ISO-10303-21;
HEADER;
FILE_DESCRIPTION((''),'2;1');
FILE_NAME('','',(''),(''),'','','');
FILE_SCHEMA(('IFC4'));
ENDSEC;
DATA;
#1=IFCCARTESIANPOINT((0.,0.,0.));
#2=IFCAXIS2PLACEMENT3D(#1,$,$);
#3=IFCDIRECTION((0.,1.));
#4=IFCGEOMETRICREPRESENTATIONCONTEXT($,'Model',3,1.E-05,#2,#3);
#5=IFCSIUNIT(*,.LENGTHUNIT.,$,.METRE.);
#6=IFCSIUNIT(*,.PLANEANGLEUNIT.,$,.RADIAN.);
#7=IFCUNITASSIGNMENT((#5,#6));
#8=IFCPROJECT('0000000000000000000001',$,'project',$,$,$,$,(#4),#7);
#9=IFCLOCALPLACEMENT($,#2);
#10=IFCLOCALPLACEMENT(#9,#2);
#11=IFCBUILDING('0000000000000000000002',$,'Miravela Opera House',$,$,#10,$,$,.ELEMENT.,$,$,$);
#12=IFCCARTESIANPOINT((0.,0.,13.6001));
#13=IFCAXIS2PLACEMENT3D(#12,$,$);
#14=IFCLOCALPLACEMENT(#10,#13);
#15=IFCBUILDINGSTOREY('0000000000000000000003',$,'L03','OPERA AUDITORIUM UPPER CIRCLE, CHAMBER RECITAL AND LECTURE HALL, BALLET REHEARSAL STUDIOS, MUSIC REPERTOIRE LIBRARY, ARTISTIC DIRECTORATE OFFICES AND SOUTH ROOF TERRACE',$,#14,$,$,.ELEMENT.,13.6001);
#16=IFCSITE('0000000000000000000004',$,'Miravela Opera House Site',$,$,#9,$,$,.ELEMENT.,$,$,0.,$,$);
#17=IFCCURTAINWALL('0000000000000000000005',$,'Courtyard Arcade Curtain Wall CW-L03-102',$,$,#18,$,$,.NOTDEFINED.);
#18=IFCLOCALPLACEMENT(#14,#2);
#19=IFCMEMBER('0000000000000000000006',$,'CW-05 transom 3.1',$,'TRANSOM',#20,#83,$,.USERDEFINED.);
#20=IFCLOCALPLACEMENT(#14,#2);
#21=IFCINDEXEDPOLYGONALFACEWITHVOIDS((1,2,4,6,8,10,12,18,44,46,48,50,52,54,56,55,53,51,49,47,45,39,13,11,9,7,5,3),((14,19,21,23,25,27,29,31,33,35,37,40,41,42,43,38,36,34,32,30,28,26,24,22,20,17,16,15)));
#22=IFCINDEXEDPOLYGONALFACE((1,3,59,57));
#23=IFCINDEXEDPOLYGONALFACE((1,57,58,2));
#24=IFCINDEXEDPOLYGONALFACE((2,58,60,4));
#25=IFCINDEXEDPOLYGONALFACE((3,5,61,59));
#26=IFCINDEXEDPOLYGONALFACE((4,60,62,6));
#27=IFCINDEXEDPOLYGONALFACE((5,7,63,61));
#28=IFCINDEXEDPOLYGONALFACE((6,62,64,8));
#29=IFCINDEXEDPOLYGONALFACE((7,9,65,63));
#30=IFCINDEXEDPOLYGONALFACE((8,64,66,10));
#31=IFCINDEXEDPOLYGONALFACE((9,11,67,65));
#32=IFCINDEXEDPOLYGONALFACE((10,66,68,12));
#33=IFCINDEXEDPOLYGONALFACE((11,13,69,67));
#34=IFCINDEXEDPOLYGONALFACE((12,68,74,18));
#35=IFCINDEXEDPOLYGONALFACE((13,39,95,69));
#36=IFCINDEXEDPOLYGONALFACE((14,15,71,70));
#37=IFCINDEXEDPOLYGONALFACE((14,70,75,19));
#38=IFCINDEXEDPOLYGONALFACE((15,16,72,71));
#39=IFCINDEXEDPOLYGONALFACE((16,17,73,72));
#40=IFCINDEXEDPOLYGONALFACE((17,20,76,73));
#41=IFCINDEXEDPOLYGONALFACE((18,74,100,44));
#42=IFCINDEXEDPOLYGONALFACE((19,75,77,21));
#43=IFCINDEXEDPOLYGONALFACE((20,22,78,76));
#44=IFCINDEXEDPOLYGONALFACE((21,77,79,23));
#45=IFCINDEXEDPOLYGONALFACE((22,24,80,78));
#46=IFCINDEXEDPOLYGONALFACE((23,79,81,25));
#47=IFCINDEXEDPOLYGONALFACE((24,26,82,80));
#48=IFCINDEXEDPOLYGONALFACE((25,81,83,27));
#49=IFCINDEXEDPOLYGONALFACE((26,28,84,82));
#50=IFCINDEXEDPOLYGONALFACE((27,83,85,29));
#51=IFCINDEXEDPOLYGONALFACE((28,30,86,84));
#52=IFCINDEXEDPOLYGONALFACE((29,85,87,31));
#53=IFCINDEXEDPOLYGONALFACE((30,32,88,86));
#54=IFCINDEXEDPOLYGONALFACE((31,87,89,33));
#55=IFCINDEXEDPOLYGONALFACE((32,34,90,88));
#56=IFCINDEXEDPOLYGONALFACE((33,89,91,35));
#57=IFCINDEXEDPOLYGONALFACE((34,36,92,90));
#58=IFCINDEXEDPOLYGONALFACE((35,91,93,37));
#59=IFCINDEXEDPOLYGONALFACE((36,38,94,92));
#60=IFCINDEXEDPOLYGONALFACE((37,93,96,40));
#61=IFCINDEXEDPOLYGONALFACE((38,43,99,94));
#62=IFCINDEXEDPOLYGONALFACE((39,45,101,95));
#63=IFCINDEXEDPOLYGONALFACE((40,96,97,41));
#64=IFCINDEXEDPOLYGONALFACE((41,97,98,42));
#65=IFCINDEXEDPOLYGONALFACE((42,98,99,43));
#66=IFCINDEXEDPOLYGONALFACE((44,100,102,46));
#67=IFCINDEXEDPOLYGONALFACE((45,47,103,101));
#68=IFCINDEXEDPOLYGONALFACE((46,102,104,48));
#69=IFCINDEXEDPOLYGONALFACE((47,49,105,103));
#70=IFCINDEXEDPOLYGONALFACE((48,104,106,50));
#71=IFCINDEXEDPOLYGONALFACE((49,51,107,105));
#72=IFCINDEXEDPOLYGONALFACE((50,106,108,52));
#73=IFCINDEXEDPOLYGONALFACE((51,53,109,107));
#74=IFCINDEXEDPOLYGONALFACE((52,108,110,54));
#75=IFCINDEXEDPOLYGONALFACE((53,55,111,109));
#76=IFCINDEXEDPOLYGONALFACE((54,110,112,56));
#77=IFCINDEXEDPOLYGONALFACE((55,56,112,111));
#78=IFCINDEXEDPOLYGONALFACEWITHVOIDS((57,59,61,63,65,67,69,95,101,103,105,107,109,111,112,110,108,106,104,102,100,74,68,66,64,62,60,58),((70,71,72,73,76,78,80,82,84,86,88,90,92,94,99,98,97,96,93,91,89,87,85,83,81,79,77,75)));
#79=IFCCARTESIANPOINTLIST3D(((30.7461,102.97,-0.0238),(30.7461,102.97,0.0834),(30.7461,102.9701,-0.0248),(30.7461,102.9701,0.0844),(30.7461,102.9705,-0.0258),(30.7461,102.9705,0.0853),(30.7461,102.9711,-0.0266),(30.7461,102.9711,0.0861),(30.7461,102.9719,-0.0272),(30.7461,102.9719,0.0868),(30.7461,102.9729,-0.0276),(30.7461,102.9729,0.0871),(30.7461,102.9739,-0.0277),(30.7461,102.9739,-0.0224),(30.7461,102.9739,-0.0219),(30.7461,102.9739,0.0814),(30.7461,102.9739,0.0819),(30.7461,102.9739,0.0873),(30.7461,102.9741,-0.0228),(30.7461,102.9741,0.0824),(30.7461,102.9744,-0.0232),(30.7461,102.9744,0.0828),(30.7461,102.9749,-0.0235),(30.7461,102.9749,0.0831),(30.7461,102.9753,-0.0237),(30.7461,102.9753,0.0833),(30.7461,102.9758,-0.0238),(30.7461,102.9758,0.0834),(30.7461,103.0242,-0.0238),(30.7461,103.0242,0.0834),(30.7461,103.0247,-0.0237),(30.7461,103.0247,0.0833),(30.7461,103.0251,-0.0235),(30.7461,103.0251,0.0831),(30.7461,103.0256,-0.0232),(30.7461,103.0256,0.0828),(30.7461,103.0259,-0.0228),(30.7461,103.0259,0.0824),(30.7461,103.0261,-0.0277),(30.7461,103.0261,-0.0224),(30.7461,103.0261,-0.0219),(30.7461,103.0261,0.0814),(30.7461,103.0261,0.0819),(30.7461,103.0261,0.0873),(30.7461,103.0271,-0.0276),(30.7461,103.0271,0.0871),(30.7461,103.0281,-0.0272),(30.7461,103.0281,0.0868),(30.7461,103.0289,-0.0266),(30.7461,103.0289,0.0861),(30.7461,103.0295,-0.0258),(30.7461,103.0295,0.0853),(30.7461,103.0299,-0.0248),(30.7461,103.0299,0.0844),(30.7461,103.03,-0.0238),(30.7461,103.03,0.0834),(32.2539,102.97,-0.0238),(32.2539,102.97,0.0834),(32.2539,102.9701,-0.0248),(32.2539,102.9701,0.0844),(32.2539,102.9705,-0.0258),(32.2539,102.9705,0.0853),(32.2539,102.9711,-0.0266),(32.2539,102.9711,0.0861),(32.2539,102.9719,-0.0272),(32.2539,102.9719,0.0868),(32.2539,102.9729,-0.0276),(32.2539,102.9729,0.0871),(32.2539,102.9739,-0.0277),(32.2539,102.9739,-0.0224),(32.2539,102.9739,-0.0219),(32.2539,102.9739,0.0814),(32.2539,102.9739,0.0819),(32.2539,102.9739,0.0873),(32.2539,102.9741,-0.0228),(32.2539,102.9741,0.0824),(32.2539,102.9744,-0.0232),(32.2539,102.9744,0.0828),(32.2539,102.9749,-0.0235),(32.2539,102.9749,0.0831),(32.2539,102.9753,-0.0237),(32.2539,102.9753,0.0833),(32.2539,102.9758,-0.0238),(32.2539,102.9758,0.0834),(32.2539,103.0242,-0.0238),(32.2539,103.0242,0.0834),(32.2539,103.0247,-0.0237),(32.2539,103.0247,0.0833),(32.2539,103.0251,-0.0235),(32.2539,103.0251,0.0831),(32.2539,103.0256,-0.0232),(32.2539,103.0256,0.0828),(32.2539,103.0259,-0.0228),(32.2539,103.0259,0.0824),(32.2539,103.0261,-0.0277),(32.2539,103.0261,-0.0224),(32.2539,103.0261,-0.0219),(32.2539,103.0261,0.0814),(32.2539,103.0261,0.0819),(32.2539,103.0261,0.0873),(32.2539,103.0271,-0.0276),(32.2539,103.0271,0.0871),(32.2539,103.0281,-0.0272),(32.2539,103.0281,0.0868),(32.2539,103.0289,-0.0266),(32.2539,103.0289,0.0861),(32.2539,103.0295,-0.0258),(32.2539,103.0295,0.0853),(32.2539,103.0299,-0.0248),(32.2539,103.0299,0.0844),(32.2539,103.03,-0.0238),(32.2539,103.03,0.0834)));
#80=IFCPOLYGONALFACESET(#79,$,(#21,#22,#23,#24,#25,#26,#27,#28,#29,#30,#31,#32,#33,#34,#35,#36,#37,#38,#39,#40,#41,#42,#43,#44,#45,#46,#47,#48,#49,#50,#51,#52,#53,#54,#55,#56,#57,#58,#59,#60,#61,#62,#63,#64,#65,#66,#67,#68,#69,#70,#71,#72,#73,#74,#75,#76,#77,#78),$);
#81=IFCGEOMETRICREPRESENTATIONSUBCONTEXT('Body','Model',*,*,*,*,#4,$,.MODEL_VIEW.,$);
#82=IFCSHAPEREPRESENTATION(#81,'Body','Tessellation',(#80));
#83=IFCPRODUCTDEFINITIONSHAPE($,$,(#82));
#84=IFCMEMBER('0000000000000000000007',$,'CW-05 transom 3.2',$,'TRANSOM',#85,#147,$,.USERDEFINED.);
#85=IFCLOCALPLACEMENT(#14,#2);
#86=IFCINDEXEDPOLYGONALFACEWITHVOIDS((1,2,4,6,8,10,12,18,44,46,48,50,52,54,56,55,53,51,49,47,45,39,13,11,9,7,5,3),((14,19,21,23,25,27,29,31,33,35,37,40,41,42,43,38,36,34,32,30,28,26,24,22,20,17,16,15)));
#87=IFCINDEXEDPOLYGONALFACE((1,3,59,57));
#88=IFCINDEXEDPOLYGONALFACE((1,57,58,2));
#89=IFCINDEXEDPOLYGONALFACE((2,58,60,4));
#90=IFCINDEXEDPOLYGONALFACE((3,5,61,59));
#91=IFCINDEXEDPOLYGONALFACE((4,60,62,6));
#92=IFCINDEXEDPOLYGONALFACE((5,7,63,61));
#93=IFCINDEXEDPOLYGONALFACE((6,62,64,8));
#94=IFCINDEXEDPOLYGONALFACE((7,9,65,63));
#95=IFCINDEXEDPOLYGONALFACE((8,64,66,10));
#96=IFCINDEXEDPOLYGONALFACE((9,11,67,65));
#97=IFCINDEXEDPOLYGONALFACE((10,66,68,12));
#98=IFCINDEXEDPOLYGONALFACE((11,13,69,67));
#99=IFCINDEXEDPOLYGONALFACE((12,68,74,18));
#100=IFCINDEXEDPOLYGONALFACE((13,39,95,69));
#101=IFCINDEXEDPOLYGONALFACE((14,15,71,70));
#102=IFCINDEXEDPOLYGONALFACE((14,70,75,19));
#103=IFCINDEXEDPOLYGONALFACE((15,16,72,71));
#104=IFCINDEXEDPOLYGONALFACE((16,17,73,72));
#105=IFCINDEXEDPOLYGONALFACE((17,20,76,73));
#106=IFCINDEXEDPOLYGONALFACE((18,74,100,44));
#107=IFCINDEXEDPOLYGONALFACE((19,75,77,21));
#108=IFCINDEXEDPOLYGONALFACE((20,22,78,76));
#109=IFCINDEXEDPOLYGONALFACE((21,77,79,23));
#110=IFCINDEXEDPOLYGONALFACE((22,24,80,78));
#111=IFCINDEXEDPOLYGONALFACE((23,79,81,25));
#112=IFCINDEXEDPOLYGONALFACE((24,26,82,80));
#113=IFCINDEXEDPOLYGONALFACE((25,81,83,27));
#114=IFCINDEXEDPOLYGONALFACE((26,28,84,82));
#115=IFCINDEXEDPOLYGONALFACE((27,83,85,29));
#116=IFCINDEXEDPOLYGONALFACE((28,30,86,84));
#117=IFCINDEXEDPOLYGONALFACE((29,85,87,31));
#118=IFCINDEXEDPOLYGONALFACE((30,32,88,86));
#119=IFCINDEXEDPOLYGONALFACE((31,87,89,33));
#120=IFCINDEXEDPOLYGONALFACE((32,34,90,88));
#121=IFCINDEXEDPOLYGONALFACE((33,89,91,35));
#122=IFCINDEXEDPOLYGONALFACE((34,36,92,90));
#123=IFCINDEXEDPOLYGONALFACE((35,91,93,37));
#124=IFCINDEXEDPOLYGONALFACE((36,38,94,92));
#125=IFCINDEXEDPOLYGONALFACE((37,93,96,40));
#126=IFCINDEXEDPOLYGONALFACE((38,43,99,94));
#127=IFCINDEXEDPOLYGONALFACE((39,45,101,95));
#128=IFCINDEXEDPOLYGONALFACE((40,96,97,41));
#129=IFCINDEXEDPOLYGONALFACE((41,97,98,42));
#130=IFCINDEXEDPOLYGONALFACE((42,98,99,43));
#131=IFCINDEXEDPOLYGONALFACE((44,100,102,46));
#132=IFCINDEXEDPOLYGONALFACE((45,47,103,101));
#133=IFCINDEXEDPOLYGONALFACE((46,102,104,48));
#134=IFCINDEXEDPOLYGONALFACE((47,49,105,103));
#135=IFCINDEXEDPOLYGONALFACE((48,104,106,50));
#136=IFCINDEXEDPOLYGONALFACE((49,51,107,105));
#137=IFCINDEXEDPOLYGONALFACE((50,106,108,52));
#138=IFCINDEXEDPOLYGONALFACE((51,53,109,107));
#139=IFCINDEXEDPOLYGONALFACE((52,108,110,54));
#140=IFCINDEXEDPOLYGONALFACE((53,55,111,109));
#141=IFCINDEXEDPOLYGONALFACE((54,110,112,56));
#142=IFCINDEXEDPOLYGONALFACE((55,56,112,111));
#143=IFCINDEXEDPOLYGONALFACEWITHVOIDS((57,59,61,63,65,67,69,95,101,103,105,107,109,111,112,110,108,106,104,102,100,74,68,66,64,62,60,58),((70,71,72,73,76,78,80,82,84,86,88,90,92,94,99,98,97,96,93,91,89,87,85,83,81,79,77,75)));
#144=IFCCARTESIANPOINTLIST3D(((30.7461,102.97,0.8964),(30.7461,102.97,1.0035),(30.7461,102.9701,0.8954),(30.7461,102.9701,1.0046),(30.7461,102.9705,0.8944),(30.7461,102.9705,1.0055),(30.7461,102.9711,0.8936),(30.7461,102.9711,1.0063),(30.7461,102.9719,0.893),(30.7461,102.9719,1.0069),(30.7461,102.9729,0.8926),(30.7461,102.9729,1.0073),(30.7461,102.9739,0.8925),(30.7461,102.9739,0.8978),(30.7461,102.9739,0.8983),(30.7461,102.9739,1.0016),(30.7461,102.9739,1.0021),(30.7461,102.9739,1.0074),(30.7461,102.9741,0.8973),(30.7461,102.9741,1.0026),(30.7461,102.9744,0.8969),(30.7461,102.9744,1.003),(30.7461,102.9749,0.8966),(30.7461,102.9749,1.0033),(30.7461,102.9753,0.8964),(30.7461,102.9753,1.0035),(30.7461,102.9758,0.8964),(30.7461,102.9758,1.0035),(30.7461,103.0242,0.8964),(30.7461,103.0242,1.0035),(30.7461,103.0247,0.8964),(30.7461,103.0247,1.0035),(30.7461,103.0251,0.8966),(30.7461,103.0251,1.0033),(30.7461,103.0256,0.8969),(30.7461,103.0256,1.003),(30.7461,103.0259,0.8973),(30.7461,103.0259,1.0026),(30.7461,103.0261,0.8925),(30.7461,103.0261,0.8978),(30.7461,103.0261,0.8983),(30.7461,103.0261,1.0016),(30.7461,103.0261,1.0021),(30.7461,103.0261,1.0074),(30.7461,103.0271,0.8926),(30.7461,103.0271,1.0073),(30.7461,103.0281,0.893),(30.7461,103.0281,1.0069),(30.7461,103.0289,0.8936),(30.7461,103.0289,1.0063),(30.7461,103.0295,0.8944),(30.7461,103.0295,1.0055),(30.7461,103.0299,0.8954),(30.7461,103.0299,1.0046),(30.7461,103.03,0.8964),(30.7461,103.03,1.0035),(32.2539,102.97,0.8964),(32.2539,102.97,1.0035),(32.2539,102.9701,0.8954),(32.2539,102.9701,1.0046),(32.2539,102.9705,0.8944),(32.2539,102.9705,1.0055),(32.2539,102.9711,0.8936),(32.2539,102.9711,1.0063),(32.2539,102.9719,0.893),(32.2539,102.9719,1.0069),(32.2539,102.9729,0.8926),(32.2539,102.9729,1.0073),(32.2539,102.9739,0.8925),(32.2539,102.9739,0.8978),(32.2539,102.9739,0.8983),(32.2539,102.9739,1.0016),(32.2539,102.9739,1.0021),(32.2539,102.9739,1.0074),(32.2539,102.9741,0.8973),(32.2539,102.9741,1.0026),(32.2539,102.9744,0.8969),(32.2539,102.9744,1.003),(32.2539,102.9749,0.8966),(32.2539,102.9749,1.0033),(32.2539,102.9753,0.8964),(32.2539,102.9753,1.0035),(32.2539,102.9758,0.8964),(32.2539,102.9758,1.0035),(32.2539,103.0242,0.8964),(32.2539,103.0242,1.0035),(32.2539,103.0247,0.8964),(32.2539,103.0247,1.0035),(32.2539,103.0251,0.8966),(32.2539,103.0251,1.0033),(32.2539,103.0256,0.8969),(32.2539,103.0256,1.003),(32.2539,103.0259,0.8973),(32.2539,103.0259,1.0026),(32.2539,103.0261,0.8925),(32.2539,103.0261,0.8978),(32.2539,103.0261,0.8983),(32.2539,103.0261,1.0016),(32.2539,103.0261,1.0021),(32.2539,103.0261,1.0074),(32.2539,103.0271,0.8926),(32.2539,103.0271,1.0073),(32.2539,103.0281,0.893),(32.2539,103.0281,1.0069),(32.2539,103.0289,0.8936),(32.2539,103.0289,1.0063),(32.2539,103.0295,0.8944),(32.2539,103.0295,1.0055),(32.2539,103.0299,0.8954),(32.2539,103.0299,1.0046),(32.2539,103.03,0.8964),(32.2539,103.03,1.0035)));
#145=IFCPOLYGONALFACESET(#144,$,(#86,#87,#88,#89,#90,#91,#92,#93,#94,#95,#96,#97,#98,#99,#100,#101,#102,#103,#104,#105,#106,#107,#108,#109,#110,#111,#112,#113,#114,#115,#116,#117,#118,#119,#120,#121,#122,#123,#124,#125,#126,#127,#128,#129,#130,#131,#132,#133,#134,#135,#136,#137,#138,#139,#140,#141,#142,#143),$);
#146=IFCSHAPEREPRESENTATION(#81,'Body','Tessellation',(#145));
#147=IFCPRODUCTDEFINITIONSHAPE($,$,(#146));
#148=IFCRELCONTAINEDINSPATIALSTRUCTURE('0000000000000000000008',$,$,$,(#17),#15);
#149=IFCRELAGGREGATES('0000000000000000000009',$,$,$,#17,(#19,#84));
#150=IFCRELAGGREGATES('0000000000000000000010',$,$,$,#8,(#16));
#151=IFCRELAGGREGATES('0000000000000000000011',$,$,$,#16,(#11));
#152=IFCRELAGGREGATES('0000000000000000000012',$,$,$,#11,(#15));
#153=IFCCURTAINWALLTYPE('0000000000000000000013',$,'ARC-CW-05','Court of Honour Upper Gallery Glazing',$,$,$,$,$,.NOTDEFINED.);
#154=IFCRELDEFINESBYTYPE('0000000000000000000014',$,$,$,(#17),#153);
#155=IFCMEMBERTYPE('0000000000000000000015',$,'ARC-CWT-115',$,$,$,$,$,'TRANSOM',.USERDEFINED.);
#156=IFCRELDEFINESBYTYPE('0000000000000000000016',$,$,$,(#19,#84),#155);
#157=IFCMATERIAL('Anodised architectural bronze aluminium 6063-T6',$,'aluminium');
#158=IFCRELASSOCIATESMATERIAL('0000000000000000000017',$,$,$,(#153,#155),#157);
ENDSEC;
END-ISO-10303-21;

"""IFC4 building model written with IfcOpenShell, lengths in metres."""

from ifc_helpers import new_model, si_unit, direction, frame, origin, origin_2d, place, context, subcontext, project, spatial, hollow_rectangle, extrude, material, material_profile, profile_set, type_object, element, aggregate, save


model = new_model("IFC4")

# Units and contexts
model_context = context("Model", 3, precision=1e-05, world=origin(), true_north=direction((0.0, 1.0)))
body_context = subcontext(model_context, "Body", "Model", "MODEL_VIEW")
ifc_project = project(units=[si_unit("LENGTHUNIT", "METRE"), si_unit("PLANEANGLEUNIT", "RADIAN")], contexts=[model_context])

# Site, building, storey
site_placement = place(None, origin())
site = spatial("IfcSite", under=ifc_project, at=site_placement, Name="Miravela Opera House Site", CompositionType="ELEMENT", RefElevation=0.0)
building_placement = place(site_placement, origin())
building = spatial("IfcBuilding", under=site, at=building_placement, Name="Miravela Opera House", CompositionType="ELEMENT")
storey_placement = place(building_placement, frame((0.0, 0.0, 13.6001)))
storey = spatial("IfcBuildingStorey", under=building, at=storey_placement, Name="L03", Description="OPERA AUDITORIUM UPPER CIRCLE, CHAMBER RECITAL AND LECTURE HALL, BALLET REHEARSAL STUDIOS, MUSIC REPERTOIRE LIBRARY, ARTISTIC DIRECTORATE OFFICES AND SOUTH ROOF TERRACE", CompositionType="ELEMENT", Elevation=13.6001)

# Curtain wall, members
ifc_material_1 = material(Name="Anodised architectural bronze aluminium 6063-T6", Category="aluminium")
curtain_wall_type = type_object("IfcCurtainWallType", Name="ARC-CW-05", Description="Court of Honour Upper Gallery Glazing", PredefinedType="NOTDEFINED", material=ifc_material_1)
curtain_wall_placement = place(storey_placement, origin())
curtain_wall = element("IfcCurtainWall", 1, at=curtain_wall_placement, inside=storey, type_object=curtain_wall_type, Name="Courtyard Arcade Curtain Wall CW-L03-102", PredefinedType="NOTDEFINED")
ifc_material_profile_1 = material_profile(ifc_material_1, hollow_rectangle(XDim=0.0601, YDim=0.115, WallThickness=0.0039, InnerFilletRadius=0.002, OuterFilletRadius=0.0039, at=origin_2d()), Name="CWT-60X115")
ifc_profile_set_1 = profile_set([ifc_material_profile_1])
member_type_1 = type_object("IfcMemberType", Name="ARC-CWT-115", ElementType="TRANSOM", PredefinedType="USERDEFINED", material=ifc_profile_set_1)
member_1_placement = place(storey_placement, frame((30.7461, 103.0, 0.0298), z_axis=(1.0, 0.0, 0.0), x_axis=(0.0, 1.0, 0.0)))
member_1 = element("IfcMember", 2, at=member_1_placement, type_object=member_type_1, Name="CW-05 transom 3.1", ObjectType="TRANSOM", PredefinedType="USERDEFINED", context=body_context, shape_type="SweptSolid", body=[
    extrude(hollow_rectangle(XDim=0.0601, YDim=0.115, WallThickness=0.0039, InnerFilletRadius=0.002, OuterFilletRadius=0.0039, at=origin_2d()), origin(), (0.0, 0.0, 1.0), 1.5078),
])
member_2_placement = place(storey_placement, frame((30.7461, 103.0, 0.95), z_axis=(1.0, 0.0, 0.0), x_axis=(0.0, 1.0, 0.0)))
member_2 = element("IfcMember", 3, at=member_2_placement, type_object=member_type_1, Name="CW-05 transom 3.2", ObjectType="TRANSOM", PredefinedType="USERDEFINED", context=body_context, shape_type="SweptSolid", body=[
    extrude(hollow_rectangle(XDim=0.0601, YDim=0.115, WallThickness=0.0039, InnerFilletRadius=0.002, OuterFilletRadius=0.0039, at=origin_2d()), origin(), (0.0, 0.0, 1.0), 1.5078),
])

aggregate(curtain_wall, [member_1, member_2])

save(model, "model.ifc")
